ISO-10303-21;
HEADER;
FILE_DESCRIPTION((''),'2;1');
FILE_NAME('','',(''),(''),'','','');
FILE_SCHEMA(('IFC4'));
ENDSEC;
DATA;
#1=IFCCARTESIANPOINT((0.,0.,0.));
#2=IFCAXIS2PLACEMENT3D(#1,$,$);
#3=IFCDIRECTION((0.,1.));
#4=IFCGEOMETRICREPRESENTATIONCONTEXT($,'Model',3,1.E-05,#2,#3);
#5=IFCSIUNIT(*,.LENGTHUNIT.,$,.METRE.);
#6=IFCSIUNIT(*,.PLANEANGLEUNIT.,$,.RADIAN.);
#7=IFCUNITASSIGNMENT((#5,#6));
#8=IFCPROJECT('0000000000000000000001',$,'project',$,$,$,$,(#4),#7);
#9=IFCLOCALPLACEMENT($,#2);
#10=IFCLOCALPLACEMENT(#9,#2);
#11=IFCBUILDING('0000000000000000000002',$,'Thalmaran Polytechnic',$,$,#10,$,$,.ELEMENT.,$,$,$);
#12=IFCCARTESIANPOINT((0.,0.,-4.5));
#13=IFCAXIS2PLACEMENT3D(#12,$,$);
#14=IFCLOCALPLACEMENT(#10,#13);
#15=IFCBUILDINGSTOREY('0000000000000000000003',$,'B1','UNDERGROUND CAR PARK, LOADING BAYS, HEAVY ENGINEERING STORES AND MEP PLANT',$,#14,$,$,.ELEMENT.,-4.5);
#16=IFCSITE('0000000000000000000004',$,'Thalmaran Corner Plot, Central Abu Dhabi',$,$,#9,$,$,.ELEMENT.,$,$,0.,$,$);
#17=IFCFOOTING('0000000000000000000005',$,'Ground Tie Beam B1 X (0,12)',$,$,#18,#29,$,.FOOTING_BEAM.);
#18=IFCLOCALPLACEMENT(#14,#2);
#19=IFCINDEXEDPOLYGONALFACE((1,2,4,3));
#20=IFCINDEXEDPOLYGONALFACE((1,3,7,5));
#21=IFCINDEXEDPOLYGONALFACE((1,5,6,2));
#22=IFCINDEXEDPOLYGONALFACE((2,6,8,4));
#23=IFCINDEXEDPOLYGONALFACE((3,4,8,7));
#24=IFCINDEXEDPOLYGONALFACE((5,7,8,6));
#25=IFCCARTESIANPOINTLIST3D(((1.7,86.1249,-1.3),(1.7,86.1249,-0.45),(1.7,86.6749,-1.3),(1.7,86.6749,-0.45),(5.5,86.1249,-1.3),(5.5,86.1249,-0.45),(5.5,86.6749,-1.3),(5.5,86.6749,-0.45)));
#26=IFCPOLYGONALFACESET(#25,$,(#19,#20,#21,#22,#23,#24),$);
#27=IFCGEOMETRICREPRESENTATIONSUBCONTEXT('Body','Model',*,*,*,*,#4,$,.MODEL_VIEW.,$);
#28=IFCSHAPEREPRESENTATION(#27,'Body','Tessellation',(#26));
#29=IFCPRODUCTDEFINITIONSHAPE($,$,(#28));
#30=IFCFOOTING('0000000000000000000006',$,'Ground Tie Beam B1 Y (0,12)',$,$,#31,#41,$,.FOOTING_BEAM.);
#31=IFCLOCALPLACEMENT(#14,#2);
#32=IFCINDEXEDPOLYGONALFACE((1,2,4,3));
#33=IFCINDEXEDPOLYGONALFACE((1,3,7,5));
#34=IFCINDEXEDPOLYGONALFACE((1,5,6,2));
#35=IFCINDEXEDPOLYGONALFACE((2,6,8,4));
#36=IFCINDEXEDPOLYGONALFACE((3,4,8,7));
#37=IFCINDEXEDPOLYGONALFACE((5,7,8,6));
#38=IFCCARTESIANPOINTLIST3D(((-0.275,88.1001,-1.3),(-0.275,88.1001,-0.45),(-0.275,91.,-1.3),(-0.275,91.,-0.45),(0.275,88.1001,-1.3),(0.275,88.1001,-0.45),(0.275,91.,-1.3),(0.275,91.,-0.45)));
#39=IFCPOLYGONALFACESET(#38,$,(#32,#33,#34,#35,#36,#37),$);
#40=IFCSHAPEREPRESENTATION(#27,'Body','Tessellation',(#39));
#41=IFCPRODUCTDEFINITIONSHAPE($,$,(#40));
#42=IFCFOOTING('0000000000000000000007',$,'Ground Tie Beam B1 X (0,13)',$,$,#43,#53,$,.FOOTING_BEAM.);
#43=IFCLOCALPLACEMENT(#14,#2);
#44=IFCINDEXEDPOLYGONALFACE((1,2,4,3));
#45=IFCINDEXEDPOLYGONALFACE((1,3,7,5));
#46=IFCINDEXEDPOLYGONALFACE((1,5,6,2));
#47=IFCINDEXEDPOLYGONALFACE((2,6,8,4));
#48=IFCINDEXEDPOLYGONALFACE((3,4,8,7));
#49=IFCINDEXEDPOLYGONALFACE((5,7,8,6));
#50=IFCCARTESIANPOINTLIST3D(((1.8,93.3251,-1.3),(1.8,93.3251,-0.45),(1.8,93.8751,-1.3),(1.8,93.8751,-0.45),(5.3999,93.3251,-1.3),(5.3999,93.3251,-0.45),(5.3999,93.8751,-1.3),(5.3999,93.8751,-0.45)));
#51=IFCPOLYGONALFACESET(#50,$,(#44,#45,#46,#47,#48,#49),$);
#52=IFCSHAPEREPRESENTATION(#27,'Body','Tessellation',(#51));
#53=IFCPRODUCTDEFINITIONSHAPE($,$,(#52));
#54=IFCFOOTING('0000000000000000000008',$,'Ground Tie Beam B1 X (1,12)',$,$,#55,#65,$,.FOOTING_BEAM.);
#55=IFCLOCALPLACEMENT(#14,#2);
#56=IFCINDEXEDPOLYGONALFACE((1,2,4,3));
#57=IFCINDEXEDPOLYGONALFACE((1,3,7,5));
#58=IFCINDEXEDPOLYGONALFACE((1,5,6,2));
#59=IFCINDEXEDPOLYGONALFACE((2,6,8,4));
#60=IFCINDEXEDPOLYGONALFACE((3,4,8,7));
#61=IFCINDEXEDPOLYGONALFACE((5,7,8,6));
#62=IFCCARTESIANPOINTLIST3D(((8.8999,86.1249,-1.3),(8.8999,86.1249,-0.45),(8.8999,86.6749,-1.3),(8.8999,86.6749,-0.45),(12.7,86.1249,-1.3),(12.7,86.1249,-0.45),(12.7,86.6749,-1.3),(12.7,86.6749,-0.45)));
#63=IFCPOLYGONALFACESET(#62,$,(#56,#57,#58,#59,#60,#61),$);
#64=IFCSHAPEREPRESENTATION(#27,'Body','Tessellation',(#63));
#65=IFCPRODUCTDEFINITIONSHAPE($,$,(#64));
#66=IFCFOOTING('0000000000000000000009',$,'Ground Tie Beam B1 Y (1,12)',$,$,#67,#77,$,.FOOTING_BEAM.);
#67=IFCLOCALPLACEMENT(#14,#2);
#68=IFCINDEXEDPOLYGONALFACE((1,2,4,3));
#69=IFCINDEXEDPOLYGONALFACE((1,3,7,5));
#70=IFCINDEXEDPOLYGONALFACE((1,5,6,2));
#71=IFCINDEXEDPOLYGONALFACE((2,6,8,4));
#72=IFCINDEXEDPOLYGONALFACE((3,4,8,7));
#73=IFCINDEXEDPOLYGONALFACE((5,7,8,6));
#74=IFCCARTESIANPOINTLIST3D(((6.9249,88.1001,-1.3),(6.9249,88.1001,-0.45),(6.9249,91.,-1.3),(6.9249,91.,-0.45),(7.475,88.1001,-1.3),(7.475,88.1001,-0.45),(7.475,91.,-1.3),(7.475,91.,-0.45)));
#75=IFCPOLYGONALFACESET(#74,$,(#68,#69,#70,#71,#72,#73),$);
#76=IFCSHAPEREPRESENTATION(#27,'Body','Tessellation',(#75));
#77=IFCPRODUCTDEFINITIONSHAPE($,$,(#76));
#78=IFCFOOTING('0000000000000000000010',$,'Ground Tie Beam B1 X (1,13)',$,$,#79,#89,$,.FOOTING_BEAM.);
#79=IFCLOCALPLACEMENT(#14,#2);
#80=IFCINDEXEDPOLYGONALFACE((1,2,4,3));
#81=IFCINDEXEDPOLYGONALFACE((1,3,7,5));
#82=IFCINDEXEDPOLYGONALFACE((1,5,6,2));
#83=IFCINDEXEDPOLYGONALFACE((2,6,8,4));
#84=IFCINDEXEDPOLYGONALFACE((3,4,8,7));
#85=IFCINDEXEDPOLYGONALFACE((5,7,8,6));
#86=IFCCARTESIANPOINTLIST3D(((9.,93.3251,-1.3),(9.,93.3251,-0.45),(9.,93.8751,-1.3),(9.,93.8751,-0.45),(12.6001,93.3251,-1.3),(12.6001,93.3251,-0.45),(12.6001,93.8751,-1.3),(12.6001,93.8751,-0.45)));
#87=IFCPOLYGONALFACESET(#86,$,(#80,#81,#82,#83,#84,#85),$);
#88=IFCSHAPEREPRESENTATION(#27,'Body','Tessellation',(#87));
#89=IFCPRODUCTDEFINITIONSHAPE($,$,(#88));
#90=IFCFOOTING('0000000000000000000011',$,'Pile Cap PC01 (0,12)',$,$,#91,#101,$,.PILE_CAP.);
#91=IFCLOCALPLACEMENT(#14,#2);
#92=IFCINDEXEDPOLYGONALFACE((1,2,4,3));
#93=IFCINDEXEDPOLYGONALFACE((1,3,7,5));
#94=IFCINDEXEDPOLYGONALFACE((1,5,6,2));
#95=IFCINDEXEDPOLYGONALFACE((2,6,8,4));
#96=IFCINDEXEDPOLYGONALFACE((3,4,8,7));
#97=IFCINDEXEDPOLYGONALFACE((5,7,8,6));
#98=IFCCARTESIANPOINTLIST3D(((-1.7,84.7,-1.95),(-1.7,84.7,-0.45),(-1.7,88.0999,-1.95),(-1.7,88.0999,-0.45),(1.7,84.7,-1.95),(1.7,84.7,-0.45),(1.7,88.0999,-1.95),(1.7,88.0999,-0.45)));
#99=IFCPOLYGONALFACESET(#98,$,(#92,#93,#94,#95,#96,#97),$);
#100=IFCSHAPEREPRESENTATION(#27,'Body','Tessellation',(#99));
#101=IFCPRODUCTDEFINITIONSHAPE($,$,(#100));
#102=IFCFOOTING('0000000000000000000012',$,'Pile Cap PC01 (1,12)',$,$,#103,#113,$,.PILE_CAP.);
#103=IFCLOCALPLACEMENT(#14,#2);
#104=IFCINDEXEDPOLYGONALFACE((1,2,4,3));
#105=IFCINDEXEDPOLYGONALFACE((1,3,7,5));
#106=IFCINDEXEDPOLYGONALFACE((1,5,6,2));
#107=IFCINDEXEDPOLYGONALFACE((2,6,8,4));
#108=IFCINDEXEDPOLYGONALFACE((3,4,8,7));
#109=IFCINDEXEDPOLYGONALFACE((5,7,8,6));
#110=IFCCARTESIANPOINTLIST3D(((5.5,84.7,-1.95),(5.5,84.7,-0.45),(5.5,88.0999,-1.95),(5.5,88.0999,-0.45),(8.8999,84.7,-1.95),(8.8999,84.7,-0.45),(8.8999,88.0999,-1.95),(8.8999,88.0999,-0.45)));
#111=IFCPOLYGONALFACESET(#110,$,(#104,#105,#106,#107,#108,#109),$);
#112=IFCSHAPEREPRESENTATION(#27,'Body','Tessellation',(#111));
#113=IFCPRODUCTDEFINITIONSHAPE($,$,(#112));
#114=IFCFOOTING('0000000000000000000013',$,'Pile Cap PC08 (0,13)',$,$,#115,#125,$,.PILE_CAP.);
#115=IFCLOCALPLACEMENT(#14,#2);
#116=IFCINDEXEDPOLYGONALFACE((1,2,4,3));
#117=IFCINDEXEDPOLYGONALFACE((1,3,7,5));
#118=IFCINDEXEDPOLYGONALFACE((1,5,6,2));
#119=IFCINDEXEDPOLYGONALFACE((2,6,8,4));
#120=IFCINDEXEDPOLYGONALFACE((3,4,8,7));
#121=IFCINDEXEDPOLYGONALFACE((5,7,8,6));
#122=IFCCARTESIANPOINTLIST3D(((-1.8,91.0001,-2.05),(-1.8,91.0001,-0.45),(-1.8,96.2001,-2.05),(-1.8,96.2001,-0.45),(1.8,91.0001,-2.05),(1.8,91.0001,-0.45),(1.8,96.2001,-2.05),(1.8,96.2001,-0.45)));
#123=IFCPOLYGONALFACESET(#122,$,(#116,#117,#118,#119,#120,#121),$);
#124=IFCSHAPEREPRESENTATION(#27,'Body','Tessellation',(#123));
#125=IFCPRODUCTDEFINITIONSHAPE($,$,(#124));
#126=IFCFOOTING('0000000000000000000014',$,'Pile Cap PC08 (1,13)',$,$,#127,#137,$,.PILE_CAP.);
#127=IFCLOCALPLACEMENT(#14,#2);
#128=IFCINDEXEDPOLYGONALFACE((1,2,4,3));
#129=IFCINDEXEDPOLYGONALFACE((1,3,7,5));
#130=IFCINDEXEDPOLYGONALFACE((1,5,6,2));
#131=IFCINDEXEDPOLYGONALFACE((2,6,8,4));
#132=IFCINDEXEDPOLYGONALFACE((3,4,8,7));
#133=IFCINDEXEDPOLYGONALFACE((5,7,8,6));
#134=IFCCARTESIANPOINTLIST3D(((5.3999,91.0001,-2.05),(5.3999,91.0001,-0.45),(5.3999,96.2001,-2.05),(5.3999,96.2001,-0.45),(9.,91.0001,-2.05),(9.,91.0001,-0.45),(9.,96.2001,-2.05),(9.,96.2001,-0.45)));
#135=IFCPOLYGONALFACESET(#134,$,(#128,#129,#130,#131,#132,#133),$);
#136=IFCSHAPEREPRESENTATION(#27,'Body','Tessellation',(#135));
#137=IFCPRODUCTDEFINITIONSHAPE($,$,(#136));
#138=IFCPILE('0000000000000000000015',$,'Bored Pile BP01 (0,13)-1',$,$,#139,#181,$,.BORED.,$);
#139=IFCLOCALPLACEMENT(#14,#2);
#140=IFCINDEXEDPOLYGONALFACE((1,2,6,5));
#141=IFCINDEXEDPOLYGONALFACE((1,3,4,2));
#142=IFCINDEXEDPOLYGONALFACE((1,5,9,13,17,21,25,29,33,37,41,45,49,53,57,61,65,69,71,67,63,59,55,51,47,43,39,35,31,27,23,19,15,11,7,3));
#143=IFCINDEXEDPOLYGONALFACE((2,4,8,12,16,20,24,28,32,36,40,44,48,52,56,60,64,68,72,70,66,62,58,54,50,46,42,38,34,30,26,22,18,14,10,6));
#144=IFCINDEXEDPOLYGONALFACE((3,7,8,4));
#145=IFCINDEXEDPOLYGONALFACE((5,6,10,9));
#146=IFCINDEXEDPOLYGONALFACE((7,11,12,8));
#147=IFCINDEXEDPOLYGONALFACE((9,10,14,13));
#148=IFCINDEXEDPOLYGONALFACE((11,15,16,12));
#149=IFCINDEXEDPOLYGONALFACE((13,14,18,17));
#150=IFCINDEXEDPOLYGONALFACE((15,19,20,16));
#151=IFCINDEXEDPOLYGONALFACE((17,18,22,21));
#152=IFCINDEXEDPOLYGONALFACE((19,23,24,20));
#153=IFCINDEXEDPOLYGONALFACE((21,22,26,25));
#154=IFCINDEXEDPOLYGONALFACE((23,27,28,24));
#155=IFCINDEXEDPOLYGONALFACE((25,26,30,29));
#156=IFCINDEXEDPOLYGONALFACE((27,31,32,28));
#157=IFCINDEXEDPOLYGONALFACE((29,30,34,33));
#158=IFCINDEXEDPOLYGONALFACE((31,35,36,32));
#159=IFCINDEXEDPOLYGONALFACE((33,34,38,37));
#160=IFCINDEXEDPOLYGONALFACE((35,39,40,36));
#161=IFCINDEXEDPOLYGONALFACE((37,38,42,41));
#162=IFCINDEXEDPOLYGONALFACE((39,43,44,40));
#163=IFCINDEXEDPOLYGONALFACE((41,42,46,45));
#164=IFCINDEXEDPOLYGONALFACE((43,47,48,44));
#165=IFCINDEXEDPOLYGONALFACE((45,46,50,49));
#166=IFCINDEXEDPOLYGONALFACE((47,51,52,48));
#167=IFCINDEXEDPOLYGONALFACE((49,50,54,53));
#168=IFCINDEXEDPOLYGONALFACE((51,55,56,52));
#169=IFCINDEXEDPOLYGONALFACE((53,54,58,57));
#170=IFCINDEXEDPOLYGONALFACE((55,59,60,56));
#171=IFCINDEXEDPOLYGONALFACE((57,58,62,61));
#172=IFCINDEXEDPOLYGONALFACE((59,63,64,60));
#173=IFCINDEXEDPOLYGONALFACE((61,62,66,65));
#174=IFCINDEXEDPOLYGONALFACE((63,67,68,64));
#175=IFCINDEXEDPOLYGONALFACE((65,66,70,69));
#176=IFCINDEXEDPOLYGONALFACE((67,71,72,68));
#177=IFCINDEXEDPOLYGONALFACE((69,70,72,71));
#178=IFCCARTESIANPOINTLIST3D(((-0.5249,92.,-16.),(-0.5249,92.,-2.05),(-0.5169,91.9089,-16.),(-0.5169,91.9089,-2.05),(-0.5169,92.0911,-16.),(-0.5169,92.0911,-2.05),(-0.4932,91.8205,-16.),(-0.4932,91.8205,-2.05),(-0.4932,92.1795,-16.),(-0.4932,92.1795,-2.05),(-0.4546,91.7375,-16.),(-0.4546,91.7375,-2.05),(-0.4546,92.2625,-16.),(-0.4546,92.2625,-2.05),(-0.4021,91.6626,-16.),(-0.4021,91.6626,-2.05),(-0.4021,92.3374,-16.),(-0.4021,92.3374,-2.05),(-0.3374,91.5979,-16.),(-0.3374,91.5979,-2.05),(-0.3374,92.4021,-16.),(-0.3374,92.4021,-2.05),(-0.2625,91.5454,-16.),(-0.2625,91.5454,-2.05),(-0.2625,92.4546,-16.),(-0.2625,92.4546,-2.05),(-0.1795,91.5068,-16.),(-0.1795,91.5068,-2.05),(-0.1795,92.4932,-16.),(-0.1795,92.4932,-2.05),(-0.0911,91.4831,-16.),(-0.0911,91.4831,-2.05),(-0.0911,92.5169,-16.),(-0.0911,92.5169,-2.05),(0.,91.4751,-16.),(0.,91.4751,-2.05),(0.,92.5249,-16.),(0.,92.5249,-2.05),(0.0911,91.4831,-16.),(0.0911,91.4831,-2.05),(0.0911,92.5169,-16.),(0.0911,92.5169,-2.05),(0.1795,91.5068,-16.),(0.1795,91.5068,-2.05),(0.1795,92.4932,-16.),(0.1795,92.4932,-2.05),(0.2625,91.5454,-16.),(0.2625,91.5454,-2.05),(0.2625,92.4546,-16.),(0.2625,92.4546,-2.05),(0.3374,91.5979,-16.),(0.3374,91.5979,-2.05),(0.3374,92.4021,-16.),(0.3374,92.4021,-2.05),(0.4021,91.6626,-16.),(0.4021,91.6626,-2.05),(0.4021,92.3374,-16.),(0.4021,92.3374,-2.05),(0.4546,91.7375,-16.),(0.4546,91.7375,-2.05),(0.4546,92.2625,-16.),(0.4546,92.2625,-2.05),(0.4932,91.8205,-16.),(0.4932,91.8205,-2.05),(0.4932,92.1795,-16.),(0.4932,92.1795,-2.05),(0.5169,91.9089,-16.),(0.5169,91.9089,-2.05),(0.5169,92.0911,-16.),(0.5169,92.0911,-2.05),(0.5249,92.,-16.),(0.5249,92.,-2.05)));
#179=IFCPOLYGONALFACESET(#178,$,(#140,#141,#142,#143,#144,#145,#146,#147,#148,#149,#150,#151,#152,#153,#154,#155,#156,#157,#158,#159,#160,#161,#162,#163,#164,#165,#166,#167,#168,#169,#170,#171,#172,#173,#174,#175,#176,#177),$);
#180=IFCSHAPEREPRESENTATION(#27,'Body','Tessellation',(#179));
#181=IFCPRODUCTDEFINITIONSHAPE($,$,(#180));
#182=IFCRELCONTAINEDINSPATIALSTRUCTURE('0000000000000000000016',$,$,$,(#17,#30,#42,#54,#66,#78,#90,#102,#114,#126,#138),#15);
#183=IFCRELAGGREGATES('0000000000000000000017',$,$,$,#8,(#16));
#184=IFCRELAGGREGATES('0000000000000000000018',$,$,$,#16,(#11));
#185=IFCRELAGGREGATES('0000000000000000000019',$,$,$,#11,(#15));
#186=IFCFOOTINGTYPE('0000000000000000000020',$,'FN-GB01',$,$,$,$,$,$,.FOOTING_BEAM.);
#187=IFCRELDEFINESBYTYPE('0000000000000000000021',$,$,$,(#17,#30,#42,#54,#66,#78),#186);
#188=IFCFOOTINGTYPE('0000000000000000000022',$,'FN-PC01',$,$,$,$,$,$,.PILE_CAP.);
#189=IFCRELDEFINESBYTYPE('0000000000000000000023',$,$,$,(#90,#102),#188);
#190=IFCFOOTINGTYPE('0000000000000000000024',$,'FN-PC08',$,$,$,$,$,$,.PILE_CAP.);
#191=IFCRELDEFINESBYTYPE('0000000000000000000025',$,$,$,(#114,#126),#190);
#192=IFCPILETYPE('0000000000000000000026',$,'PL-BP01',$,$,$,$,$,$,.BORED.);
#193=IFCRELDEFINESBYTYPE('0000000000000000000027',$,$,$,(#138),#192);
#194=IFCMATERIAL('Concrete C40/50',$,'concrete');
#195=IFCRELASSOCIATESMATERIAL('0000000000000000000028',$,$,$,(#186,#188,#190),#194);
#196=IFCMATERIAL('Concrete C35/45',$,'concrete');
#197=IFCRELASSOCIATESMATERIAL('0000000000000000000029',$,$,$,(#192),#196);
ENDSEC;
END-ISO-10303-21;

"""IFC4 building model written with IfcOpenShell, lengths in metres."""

from ifc_helpers import new_model, si_unit, direction, frame, origin, origin_2d, place, context, subcontext, project, spatial, rectangle, circle, extrude, material, material_profile, profile_set, type_object, element, save


model = new_model("IFC4")

# Units and contexts
model_context = context("Model", 3, precision=1e-05, world=origin(), true_north=direction((0.0, 1.0)))
body_context = subcontext(model_context, "Body", "Model", "MODEL_VIEW")
ifc_project = project(units=[si_unit("LENGTHUNIT", "METRE"), si_unit("PLANEANGLEUNIT", "RADIAN")], contexts=[model_context])

# Site, building, storey
site_placement = place(None, origin())
site = spatial("IfcSite", under=ifc_project, at=site_placement, Name="Thalmaran Corner Plot, Central Abu Dhabi", CompositionType="ELEMENT", RefElevation=0.0)
building_placement = place(site_placement, origin())
building = spatial("IfcBuilding", under=site, at=building_placement, Name="Thalmaran Polytechnic", CompositionType="ELEMENT")
storey_placement = place(building_placement, frame((0.0, 0.0, -4.5)))
storey = spatial("IfcBuildingStorey", under=building, at=storey_placement, Name="B1", Description="UNDERGROUND CAR PARK, LOADING BAYS, HEAVY ENGINEERING STORES AND MEP PLANT", CompositionType="ELEMENT", Elevation=-4.5)

# Footings
ifc_material_1 = material(Name="Concrete C40/50", Category="concrete")
ifc_material_profile_1 = material_profile(ifc_material_1, rectangle(XDim=0.55, YDim=0.8501, at=origin_2d()), Name="RC 550x850")
ifc_profile_set_1 = profile_set([ifc_material_profile_1], Name="Concrete C40/50")
footing_type_1 = type_object("IfcFootingType", Name="FN-GB01", PredefinedType="FOOTING_BEAM", material=ifc_profile_set_1)
footing_1_placement = place(storey_placement, frame((1.7, 86.3999, -0.875), z_axis=(1.0, 0.0, 0.0), x_axis=(0.0, 1.0, 0.0)))
element("IfcFooting", 1, at=footing_1_placement, inside=storey, type_object=footing_type_1, Name="Ground Tie Beam B1 X (0,12)", PredefinedType="FOOTING_BEAM", context=body_context, shape_type="SweptSolid", body=[
    extrude(rectangle(XDim=0.55, YDim=0.8501, at=origin_2d()), origin(), (0.0, 0.0, 1.0), 3.8),
])
footing_2_placement = place(storey_placement, frame((0.0, 88.1001, -0.875), z_axis=(0.0, 1.0, 0.0), x_axis=(-1.0, 0.0, 0.0)))
element("IfcFooting", 2, at=footing_2_placement, inside=storey, type_object=footing_type_1, Name="Ground Tie Beam B1 Y (0,12)", PredefinedType="FOOTING_BEAM", context=body_context, shape_type="SweptSolid", body=[
    extrude(rectangle(XDim=0.55, YDim=0.8501, at=origin_2d()), origin(), (0.0, 0.0, 1.0), 2.8999),
])
footing_3_placement = place(storey_placement, frame((1.8, 93.6001, -0.875), z_axis=(1.0, 0.0, 0.0), x_axis=(0.0, 1.0, 0.0)))
element("IfcFooting", 3, at=footing_3_placement, inside=storey, type_object=footing_type_1, Name="Ground Tie Beam B1 X (0,13)", PredefinedType="FOOTING_BEAM", context=body_context, shape_type="SweptSolid", body=[
    extrude(rectangle(XDim=0.55, YDim=0.8501, at=origin_2d()), origin(), (0.0, 0.0, 1.0), 3.5999),
])
footing_4_placement = place(storey_placement, frame((8.8999, 86.3999, -0.875), z_axis=(1.0, 0.0, 0.0), x_axis=(0.0, 1.0, 0.0)))
element("IfcFooting", 4, at=footing_4_placement, inside=storey, type_object=footing_type_1, Name="Ground Tie Beam B1 X (1,12)", PredefinedType="FOOTING_BEAM", context=body_context, shape_type="SweptSolid", body=[
    extrude(rectangle(XDim=0.55, YDim=0.8501, at=origin_2d()), origin(), (0.0, 0.0, 1.0), 3.8),
])
footing_5_placement = place(storey_placement, frame((7.2, 88.1001, -0.875), z_axis=(0.0, 1.0, 0.0), x_axis=(-1.0, 0.0, 0.0)))
element("IfcFooting", 5, at=footing_5_placement, inside=storey, type_object=footing_type_1, Name="Ground Tie Beam B1 Y (1,12)", PredefinedType="FOOTING_BEAM", context=body_context, shape_type="SweptSolid", body=[
    extrude(rectangle(XDim=0.55, YDim=0.8501, at=origin_2d()), origin(), (0.0, 0.0, 1.0), 2.8999),
])
footing_6_placement = place(storey_placement, frame((9.0, 93.6001, -0.875), z_axis=(1.0, 0.0, 0.0), x_axis=(0.0, 1.0, 0.0)))
element("IfcFooting", 6, at=footing_6_placement, inside=storey, type_object=footing_type_1, Name="Ground Tie Beam B1 X (1,13)", PredefinedType="FOOTING_BEAM", context=body_context, shape_type="SweptSolid", body=[
    extrude(rectangle(XDim=0.55, YDim=0.8501, at=origin_2d()), origin(), (0.0, 0.0, 1.0), 3.6001),
])
footing_type_2 = type_object("IfcFootingType", Name="FN-PC01", PredefinedType="PILE_CAP", material=ifc_material_1)
for number, where, z_axis, x_axis, name in (
    (7, (0.0, 86.3999, -1.95), (0.0, 0.0, 1.0), (1.0, 0.0, 0.0), "Pile Cap PC01 (0,12)"),
    (8, (7.2, 86.3999, -1.95), (0.0, 0.0, 1.0), (1.0, 0.0, 0.0), "Pile Cap PC01 (1,12)"),
):
    element("IfcFooting", number, at=place(storey_placement, frame(where, z_axis=z_axis, x_axis=x_axis)), inside=storey, type_object=footing_type_2, Name=name, PredefinedType="PILE_CAP", context=body_context, shape_type="SweptSolid", body=[
        extrude(rectangle(XDim=3.3999, YDim=3.3999, at=origin_2d()), origin(), (0.0, 0.0, 1.0), 1.5),
    ])
footing_type_3 = type_object("IfcFootingType", Name="FN-PC08", PredefinedType="PILE_CAP", material=ifc_material_1)
for number, where, z_axis, x_axis, name in (
    (9, (0.0, 93.6001, -2.05), (0.0, 0.0, 1.0), (1.0, 0.0, 0.0), "Pile Cap PC08 (0,13)"),
    (10, (7.2, 93.6001, -2.05), (0.0, 0.0, 1.0), (1.0, 0.0, 0.0), "Pile Cap PC08 (1,13)"),
):
    element("IfcFooting", number, at=place(storey_placement, frame(where, z_axis=z_axis, x_axis=x_axis)), inside=storey, type_object=footing_type_3, Name=name, PredefinedType="PILE_CAP", context=body_context, shape_type="SweptSolid", body=[
        extrude(rectangle(XDim=3.6001, YDim=5.2, at=origin_2d()), origin(), (0.0, 0.0, 1.0), 1.6001),
    ])

# Pile
ifc_material_2 = material(Name="Concrete C35/45", Category="concrete")
ifc_material_profile_2 = material_profile(ifc_material_2, circle(Radius=0.5249, at=origin_2d()), Name="RC 1050 DIA")
ifc_profile_set_2 = profile_set([ifc_material_profile_2], Name="Concrete C35/45")
pile_type_1 = type_object("IfcPileType", Name="PL-BP01", PredefinedType="BORED", material=ifc_profile_set_2)
for number, where, z_axis, x_axis, name in (
    (11, (0.0, 92.0, -2.05), (0.0, 0.0, -1.0), (1.0, 0.0, 0.0), "Bored Pile BP01 (0,13)-1"),
):
    element("IfcPile", number, at=place(storey_placement, frame(where, z_axis=z_axis, x_axis=x_axis)), inside=storey, type_object=pile_type_1, Name=name, PredefinedType="BORED", context=body_context, shape_type="SweptSolid", body=[
        extrude(circle(Radius=0.5249, at=origin_2d()), origin(), (0.0, 0.0, 1.0), 13.95),
    ])

save(model, "model.ifc")
